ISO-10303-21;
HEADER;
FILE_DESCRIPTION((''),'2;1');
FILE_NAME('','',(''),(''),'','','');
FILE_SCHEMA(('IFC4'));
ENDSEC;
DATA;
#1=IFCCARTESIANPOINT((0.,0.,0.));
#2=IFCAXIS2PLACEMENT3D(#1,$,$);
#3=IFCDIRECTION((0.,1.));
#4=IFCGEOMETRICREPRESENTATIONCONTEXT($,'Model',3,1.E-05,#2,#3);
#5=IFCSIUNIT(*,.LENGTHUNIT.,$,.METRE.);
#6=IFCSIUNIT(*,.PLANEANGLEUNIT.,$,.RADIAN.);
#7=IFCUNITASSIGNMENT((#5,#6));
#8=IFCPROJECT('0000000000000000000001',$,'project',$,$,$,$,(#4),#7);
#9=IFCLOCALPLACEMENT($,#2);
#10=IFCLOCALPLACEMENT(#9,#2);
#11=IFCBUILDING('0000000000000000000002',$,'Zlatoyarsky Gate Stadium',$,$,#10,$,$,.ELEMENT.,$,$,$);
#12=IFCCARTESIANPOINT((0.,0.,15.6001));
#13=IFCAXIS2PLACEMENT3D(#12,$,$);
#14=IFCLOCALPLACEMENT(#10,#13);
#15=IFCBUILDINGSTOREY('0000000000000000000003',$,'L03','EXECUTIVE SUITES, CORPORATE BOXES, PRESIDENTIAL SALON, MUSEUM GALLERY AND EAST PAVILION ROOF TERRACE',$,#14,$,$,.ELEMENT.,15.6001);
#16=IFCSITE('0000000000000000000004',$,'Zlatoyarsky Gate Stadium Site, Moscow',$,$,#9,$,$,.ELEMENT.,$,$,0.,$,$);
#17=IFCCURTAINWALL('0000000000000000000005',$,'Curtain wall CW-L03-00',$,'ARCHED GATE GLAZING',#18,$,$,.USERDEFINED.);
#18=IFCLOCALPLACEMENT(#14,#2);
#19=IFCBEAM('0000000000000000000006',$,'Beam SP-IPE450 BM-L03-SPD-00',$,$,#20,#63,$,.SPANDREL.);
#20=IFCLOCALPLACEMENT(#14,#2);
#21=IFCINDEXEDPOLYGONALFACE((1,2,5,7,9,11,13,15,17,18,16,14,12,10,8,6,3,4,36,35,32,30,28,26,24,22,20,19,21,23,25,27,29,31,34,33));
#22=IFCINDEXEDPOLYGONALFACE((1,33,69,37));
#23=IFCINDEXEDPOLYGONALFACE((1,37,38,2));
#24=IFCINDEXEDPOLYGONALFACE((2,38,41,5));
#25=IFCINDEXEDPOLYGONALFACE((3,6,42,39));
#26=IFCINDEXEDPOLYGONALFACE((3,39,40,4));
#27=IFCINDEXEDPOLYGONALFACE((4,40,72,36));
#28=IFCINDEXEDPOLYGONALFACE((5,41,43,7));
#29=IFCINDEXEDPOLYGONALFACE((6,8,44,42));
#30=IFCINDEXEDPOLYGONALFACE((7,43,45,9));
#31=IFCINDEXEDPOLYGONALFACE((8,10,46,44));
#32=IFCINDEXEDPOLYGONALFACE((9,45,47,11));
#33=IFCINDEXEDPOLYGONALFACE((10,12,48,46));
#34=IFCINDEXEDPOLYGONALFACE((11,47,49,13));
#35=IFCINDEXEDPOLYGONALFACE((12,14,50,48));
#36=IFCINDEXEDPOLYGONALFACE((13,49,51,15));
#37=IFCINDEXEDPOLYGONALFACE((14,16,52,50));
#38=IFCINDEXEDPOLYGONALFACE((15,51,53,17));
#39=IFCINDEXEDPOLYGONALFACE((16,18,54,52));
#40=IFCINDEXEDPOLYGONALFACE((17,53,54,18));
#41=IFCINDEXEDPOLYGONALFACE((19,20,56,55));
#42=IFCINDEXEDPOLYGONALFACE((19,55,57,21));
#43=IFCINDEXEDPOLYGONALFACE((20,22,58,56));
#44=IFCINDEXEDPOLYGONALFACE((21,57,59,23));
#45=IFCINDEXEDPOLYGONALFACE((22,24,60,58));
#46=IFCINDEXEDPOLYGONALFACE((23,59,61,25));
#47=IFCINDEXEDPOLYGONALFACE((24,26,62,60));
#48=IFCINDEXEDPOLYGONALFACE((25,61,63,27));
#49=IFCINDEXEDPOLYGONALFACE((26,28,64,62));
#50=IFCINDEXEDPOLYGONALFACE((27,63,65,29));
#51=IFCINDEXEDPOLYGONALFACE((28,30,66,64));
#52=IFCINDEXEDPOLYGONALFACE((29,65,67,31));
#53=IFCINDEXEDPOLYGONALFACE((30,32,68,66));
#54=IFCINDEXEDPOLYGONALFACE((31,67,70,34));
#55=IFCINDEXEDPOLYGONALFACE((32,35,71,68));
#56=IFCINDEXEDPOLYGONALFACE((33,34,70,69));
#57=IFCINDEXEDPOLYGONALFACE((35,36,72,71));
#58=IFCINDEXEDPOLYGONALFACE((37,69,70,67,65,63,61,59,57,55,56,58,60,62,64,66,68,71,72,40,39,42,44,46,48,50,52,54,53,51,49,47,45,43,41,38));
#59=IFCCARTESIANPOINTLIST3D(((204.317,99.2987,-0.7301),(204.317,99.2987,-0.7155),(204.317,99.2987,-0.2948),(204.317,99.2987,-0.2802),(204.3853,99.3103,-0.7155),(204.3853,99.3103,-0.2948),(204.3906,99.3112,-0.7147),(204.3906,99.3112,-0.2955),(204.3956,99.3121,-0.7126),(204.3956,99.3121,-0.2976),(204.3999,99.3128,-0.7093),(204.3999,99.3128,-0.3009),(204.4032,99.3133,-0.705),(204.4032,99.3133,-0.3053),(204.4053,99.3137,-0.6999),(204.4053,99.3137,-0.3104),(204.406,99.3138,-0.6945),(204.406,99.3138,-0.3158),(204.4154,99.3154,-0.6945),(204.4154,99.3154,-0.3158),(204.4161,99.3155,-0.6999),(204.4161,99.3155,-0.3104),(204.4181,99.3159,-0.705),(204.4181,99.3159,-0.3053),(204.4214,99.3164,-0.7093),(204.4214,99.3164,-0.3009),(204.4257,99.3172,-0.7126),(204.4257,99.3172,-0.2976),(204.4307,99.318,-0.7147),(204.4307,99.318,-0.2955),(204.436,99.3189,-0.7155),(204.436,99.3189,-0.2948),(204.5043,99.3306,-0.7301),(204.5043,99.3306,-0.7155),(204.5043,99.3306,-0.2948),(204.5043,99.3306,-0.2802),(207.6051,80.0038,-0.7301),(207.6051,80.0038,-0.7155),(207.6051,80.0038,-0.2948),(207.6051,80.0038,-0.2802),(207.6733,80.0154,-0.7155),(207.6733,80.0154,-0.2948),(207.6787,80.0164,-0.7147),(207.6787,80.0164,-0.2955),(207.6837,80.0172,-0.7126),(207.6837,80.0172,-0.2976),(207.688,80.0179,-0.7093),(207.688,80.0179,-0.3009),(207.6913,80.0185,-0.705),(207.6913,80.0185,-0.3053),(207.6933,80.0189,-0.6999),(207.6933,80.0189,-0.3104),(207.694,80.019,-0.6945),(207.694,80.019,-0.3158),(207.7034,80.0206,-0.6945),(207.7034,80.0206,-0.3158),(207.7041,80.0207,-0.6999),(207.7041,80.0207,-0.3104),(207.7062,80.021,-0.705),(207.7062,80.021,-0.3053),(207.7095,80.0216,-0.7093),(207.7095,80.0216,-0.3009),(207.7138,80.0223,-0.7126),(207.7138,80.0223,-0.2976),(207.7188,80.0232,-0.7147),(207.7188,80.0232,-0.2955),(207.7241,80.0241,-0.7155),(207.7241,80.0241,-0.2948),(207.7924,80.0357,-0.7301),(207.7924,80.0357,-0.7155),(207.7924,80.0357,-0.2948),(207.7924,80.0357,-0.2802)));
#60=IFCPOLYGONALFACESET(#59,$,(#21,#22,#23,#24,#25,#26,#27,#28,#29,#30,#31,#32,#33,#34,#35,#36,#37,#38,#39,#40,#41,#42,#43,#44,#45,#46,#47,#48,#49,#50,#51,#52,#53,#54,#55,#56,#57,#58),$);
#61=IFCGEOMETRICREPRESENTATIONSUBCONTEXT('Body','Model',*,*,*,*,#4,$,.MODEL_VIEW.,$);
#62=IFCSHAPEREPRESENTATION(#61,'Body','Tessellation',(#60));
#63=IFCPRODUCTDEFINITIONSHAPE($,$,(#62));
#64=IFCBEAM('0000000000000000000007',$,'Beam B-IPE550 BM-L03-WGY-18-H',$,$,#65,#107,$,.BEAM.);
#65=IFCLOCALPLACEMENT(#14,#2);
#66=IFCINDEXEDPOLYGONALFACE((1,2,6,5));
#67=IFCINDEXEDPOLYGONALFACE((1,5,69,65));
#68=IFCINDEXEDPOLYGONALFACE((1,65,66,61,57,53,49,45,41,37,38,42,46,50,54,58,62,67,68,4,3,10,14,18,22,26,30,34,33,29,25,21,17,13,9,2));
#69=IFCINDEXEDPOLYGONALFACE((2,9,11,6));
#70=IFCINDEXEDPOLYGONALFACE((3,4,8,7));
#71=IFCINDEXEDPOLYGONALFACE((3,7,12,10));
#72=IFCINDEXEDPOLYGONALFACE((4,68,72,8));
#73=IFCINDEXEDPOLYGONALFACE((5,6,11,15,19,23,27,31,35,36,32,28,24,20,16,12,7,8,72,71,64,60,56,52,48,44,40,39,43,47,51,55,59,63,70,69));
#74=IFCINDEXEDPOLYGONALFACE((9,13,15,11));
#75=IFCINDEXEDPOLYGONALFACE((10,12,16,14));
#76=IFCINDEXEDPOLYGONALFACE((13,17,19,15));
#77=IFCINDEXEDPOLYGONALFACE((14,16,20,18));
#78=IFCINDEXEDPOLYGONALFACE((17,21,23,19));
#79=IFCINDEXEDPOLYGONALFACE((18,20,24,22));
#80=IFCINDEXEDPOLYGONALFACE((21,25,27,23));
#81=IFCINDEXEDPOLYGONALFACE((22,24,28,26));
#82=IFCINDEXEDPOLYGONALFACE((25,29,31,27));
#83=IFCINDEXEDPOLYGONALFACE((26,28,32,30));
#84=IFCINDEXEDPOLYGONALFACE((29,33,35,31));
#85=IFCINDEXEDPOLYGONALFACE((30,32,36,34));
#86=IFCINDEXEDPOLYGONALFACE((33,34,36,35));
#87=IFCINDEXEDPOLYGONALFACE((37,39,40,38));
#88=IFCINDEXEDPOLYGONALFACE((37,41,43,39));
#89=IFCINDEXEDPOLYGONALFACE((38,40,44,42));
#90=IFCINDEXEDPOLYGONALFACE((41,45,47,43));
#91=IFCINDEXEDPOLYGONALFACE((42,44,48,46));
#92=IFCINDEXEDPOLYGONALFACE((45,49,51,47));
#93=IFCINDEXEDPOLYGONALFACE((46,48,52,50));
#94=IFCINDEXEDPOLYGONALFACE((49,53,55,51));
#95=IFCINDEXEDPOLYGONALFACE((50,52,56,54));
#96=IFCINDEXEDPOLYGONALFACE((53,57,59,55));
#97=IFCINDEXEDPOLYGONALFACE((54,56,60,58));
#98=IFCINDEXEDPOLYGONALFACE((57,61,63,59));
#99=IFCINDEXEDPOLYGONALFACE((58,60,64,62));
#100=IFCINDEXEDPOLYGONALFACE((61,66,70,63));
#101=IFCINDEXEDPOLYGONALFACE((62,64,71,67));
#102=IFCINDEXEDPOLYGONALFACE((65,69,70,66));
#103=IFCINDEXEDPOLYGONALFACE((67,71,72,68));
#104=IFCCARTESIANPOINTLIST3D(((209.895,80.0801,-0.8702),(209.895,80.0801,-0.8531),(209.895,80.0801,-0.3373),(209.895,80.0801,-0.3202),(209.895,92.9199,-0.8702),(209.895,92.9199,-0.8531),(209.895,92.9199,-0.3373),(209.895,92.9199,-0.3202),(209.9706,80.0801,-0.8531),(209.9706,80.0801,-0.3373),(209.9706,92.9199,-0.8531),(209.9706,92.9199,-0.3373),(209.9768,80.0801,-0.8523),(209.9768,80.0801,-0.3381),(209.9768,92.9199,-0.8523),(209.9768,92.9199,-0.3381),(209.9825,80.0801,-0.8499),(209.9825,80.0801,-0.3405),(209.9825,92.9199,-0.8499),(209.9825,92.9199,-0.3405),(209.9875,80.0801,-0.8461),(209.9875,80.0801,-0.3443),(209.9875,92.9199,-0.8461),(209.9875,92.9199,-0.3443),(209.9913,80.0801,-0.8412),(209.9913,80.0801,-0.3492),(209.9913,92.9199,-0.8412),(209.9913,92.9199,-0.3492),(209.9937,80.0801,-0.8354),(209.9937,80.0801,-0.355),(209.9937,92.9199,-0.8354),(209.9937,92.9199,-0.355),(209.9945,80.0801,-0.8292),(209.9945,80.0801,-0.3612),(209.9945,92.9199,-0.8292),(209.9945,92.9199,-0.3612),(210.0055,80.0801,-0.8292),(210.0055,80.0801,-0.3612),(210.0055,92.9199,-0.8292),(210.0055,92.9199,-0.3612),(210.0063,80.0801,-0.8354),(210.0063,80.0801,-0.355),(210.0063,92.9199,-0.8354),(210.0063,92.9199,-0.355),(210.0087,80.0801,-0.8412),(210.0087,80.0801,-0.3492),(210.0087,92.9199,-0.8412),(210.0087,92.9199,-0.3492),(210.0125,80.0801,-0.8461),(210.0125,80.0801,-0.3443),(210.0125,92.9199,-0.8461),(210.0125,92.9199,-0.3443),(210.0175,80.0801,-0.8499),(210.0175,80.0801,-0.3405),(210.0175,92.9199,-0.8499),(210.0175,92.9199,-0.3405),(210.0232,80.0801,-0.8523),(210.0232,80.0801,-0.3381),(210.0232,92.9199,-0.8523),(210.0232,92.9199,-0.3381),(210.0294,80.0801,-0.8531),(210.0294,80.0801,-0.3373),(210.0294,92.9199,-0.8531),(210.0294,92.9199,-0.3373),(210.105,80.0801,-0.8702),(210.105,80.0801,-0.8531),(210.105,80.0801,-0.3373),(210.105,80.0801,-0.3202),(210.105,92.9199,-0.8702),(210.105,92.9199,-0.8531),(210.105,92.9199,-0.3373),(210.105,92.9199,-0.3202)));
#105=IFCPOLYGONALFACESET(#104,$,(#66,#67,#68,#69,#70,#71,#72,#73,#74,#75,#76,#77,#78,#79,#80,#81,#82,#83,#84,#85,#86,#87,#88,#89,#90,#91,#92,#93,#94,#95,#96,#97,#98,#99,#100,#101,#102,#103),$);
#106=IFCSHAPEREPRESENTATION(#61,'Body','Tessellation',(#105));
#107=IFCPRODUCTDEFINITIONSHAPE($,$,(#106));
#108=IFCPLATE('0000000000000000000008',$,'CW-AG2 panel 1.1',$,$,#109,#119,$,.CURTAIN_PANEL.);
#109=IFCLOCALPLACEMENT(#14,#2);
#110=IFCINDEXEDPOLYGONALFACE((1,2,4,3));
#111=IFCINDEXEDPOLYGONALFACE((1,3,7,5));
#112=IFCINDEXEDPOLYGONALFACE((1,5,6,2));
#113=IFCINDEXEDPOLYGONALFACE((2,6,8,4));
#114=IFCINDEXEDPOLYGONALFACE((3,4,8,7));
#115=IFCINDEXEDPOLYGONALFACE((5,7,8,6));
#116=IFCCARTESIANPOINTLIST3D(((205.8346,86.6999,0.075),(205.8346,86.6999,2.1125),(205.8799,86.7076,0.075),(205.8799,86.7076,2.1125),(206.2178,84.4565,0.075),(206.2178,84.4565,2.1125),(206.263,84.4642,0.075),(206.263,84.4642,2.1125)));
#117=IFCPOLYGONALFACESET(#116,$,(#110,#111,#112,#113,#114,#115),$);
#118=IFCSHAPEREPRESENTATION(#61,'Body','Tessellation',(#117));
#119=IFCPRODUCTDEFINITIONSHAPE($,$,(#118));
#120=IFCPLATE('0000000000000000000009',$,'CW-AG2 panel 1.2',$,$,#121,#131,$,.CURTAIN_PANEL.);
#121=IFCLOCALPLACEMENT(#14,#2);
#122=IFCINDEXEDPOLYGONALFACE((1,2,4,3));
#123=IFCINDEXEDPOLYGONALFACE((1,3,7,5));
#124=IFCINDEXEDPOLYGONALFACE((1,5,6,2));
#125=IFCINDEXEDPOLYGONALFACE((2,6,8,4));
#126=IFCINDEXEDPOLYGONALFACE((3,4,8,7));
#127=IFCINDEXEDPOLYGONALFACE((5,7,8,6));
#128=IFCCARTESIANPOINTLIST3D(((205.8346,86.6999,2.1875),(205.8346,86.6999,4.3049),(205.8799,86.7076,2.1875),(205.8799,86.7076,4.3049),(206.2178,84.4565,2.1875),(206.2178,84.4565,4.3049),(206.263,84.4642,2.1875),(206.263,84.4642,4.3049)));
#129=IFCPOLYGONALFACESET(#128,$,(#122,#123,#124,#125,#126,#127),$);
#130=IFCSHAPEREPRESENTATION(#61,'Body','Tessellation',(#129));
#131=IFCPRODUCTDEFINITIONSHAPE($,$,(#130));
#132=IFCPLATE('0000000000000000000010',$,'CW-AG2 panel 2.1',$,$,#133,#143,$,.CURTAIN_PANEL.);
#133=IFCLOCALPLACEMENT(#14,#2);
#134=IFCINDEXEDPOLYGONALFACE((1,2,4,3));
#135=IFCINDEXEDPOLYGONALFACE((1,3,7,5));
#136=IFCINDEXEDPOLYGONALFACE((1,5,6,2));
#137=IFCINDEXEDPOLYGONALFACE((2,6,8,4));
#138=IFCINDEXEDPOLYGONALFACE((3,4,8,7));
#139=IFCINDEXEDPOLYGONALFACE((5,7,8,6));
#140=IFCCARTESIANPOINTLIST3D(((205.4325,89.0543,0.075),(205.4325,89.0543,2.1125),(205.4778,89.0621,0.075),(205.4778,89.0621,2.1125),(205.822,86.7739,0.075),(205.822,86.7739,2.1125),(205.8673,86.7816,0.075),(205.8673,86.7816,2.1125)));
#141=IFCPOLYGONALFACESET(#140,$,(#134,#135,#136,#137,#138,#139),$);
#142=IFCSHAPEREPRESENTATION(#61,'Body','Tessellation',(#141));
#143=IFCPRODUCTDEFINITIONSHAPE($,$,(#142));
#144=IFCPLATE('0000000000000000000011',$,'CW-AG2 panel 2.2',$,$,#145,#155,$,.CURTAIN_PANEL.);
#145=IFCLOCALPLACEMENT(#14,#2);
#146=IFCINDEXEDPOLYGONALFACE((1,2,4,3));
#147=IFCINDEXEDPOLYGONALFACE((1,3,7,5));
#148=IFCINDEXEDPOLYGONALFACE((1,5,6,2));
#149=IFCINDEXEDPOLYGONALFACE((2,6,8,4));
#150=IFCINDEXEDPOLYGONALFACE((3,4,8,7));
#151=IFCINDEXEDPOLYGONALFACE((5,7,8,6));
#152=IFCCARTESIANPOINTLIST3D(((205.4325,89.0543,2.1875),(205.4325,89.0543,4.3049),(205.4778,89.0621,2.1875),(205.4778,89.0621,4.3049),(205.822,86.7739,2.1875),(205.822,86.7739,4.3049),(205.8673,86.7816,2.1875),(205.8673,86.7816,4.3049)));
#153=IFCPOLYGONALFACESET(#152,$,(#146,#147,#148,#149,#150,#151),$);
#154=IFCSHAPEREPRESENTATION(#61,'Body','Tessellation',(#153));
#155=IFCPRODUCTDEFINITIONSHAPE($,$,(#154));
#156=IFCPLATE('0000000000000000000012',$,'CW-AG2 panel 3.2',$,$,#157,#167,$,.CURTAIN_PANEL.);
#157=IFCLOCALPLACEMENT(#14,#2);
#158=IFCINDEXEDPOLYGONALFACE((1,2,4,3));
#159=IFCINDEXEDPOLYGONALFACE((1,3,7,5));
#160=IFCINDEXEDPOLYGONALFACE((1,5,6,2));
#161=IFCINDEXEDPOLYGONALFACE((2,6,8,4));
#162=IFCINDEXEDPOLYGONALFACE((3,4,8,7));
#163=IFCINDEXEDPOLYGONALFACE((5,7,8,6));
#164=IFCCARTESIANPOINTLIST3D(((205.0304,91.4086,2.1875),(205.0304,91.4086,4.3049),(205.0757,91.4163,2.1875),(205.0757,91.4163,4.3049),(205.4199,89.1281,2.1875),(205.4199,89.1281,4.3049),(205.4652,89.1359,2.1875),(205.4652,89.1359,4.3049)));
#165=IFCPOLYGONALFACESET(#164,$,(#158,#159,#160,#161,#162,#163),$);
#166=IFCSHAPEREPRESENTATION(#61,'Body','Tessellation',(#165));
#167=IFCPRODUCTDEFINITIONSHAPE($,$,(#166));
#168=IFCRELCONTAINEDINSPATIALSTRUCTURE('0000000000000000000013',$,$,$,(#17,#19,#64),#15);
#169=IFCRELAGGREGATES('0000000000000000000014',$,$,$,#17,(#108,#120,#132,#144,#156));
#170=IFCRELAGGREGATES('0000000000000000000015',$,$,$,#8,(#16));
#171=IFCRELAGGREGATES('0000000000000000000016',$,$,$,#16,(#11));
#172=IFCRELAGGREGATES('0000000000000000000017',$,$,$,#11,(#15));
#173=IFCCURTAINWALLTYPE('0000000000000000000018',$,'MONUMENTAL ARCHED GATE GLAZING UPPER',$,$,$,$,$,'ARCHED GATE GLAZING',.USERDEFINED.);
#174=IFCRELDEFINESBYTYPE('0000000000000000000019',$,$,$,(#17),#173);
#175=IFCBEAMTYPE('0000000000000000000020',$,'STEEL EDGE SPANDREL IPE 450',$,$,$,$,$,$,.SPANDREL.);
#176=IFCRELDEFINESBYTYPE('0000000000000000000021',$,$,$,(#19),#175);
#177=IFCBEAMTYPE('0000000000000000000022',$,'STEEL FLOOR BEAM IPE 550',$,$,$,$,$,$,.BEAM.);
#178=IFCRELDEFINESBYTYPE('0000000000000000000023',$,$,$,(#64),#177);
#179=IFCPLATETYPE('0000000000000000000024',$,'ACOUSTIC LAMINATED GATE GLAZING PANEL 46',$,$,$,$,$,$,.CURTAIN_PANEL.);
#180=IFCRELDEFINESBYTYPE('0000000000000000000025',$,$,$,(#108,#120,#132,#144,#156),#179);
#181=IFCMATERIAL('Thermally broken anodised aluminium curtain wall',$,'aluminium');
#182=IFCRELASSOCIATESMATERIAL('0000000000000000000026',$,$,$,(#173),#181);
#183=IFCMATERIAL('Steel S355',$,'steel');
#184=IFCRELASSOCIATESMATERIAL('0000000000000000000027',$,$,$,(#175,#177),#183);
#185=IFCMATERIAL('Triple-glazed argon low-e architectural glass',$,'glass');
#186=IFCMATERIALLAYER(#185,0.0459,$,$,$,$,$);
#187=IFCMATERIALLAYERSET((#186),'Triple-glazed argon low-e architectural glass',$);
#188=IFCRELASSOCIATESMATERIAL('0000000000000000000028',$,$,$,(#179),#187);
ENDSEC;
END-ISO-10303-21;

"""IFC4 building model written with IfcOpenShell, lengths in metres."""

from ifc_helpers import new_model, si_unit, direction, frame, origin, origin_2d, place, context, subcontext, project, spatial, rectangle, i_section, extrude, material, layer, layer_set, material_profile, profile_set, type_object, element, aggregate, save


model = new_model("IFC4")

# Units and contexts
model_context = context("Model", 3, precision=1e-05, world=origin(), true_north=direction((0.0, 1.0)))
body_context = subcontext(model_context, "Body", "Model", "MODEL_VIEW")
ifc_project = project(units=[si_unit("LENGTHUNIT", "METRE"), si_unit("PLANEANGLEUNIT", "RADIAN")], contexts=[model_context])

# Site, building, storey
site_placement = place(None, origin())
site = spatial("IfcSite", under=ifc_project, at=site_placement, Name="Zlatoyarsky Gate Stadium Site, Moscow", CompositionType="ELEMENT", RefElevation=0.0)
building_placement = place(site_placement, origin())
building = spatial("IfcBuilding", under=site, at=building_placement, Name="Zlatoyarsky Gate Stadium", CompositionType="ELEMENT")
storey_placement = place(building_placement, frame((0.0, 0.0, 15.6001)))
storey = spatial("IfcBuildingStorey", under=building, at=storey_placement, Name="L03", Description="EXECUTIVE SUITES, CORPORATE BOXES, PRESIDENTIAL SALON, MUSEUM GALLERY AND EAST PAVILION ROOF TERRACE", CompositionType="ELEMENT", Elevation=15.6001)

# Curtain wall
ifc_material_1 = material(Name="Thermally broken anodised aluminium curtain wall", Category="aluminium")
curtain_wall_type_1 = type_object("IfcCurtainWallType", Name="MONUMENTAL ARCHED GATE GLAZING UPPER", ElementType="ARCHED GATE GLAZING", PredefinedType="USERDEFINED", material=ifc_material_1)
curtain_wall_1_placement = place(storey_placement, origin())
curtain_wall_1 = element("IfcCurtainWall", 1, at=curtain_wall_1_placement, inside=storey, type_object=curtain_wall_type_1, Name="Curtain wall CW-L03-00", ObjectType="ARCHED GATE GLAZING", PredefinedType="USERDEFINED")

# Beams
ifc_material_2 = material(Name="Steel S355", Category="steel")
ifc_material_profile_1 = material_profile(ifc_material_2, i_section(OverallWidth=0.1899, OverallDepth=0.45, WebThickness=0.0095, FlangeThickness=0.0146, FilletRadius=0.021, at=origin_2d()), Name="IPE 450")
ifc_profile_set_1 = profile_set([ifc_material_profile_1], Name="Steel S355")
beam_type_1 = type_object("IfcBeamType", Name="STEEL EDGE SPANDREL IPE 450", PredefinedType="SPANDREL", material=ifc_profile_set_1)
beam_1_placement = place(storey_placement, frame((207.6987, 80.0198, -0.5051), z_axis=(-0.16799, 0.985789, 0.0), x_axis=(-0.985789, -0.16799, 0.0)))
element("IfcBeam", 2, at=beam_1_placement, inside=storey, type_object=beam_type_1, Name="Beam SP-IPE450 BM-L03-SPD-00", PredefinedType="SPANDREL", context=body_context, shape_type="SweptSolid", body=[
    extrude(i_section(OverallWidth=0.1899, OverallDepth=0.45, WebThickness=0.0095, FlangeThickness=0.0146, FilletRadius=0.021, at=origin_2d()), origin(), (0.0, 0.0, 1.0), 19.573),
])
ifc_material_profile_2 = material_profile(ifc_material_2, i_section(OverallWidth=0.21, OverallDepth=0.55, WebThickness=0.011, FlangeThickness=0.0171, FilletRadius=0.0239, at=origin_2d()), Name="IPE 550")
ifc_profile_set_2 = profile_set([ifc_material_profile_2], Name="Steel S355")
beam_type_2 = type_object("IfcBeamType", Name="STEEL FLOOR BEAM IPE 550", PredefinedType="BEAM", material=ifc_profile_set_2)
beam_2_placement = place(storey_placement, frame((210.0, 80.0801, -0.5952), z_axis=(0.0, 1.0, 0.0), x_axis=(-1.0, 0.0, 0.0)))
element("IfcBeam", 3, at=beam_2_placement, inside=storey, type_object=beam_type_2, Name="Beam B-IPE550 BM-L03-WGY-18-H", PredefinedType="BEAM", context=body_context, shape_type="SweptSolid", body=[
    extrude(i_section(OverallWidth=0.21, OverallDepth=0.55, WebThickness=0.011, FlangeThickness=0.0171, FilletRadius=0.0239, at=origin_2d()), origin(), (0.0, 0.0, 1.0), 12.8398),
])

# Plates
ifc_material_3 = material(Name="Triple-glazed argon low-e architectural glass", Category="glass")
ifc_layer_1 = layer(ifc_material_3, 0.0459)
ifc_layer_set_1 = layer_set([ifc_layer_1], Name="Triple-glazed argon low-e architectural glass")
plate_type = type_object("IfcPlateType", Name="ACOUSTIC LAMINATED GATE GLAZING PANEL 46", PredefinedType="CURTAIN_PANEL", material=ifc_layer_set_1)
plate_1_placement = place(storey_placement, frame((206.0488, 85.582, 0.075), z_axis=(0.0, 0.0, 1.0), x_axis=(-0.168354, 0.985727, 0.0)))
plate_1 = element("IfcPlate", 4, at=plate_1_placement, type_object=plate_type, Name="CW-AG2 panel 1.1", PredefinedType="CURTAIN_PANEL", context=body_context, shape_type="SweptSolid", body=[
    extrude(rectangle(XDim=2.2759, YDim=0.0459, at=origin_2d()), origin(), (0.0, 0.0, 1.0), 2.0376),
])
plate_2_placement = place(storey_placement, frame((206.0488, 85.582, 2.1875), z_axis=(0.0, 0.0, 1.0), x_axis=(-0.168354, 0.985727, 0.0)))
plate_2 = element("IfcPlate", 5, at=plate_2_placement, type_object=plate_type, Name="CW-AG2 panel 1.2", PredefinedType="CURTAIN_PANEL", context=body_context, shape_type="SweptSolid", body=[
    extrude(rectangle(XDim=2.2759, YDim=0.0459, at=origin_2d()), origin(), (0.0, 0.0, 1.0), 2.1174),
])
plate_3_placement = place(storey_placement, frame((205.6499, 87.918, 0.075), z_axis=(0.0, 0.0, 1.0), x_axis=(-0.168354, 0.985727, 0.0)))
plate_3 = element("IfcPlate", 6, at=plate_3_placement, type_object=plate_type, Name="CW-AG2 panel 2.1", PredefinedType="CURTAIN_PANEL", context=body_context, shape_type="SweptSolid", body=[
    extrude(rectangle(XDim=2.3135, YDim=0.0459, at=origin_2d()), origin(), (0.0, 0.0, 1.0), 2.0376),
])
plate_4_placement = place(storey_placement, frame((205.6499, 87.918, 2.1875), z_axis=(0.0, 0.0, 1.0), x_axis=(-0.168354, 0.985727, 0.0)))
plate_4 = element("IfcPlate", 7, at=plate_4_placement, type_object=plate_type, Name="CW-AG2 panel 2.2", PredefinedType="CURTAIN_PANEL", context=body_context, shape_type="SweptSolid", body=[
    extrude(rectangle(XDim=2.3135, YDim=0.0459, at=origin_2d()), origin(), (0.0, 0.0, 1.0), 2.1174),
])
plate_5_placement = place(storey_placement, frame((205.2478, 90.2722, 2.1875), z_axis=(0.0, 0.0, 1.0), x_axis=(-0.168354, 0.985727, 0.0)))
plate_5 = element("IfcPlate", 8, at=plate_5_placement, type_object=plate_type, Name="CW-AG2 panel 3.2", PredefinedType="CURTAIN_PANEL", context=body_context, shape_type="SweptSolid", body=[
    extrude(rectangle(XDim=2.3135, YDim=0.0459, at=origin_2d()), origin(), (0.0, 0.0, 1.0), 2.1174),
])
aggregate(curtain_wall_1, [plate_1, plate_2, plate_3, plate_4, plate_5])

save(model, "model.ifc")
